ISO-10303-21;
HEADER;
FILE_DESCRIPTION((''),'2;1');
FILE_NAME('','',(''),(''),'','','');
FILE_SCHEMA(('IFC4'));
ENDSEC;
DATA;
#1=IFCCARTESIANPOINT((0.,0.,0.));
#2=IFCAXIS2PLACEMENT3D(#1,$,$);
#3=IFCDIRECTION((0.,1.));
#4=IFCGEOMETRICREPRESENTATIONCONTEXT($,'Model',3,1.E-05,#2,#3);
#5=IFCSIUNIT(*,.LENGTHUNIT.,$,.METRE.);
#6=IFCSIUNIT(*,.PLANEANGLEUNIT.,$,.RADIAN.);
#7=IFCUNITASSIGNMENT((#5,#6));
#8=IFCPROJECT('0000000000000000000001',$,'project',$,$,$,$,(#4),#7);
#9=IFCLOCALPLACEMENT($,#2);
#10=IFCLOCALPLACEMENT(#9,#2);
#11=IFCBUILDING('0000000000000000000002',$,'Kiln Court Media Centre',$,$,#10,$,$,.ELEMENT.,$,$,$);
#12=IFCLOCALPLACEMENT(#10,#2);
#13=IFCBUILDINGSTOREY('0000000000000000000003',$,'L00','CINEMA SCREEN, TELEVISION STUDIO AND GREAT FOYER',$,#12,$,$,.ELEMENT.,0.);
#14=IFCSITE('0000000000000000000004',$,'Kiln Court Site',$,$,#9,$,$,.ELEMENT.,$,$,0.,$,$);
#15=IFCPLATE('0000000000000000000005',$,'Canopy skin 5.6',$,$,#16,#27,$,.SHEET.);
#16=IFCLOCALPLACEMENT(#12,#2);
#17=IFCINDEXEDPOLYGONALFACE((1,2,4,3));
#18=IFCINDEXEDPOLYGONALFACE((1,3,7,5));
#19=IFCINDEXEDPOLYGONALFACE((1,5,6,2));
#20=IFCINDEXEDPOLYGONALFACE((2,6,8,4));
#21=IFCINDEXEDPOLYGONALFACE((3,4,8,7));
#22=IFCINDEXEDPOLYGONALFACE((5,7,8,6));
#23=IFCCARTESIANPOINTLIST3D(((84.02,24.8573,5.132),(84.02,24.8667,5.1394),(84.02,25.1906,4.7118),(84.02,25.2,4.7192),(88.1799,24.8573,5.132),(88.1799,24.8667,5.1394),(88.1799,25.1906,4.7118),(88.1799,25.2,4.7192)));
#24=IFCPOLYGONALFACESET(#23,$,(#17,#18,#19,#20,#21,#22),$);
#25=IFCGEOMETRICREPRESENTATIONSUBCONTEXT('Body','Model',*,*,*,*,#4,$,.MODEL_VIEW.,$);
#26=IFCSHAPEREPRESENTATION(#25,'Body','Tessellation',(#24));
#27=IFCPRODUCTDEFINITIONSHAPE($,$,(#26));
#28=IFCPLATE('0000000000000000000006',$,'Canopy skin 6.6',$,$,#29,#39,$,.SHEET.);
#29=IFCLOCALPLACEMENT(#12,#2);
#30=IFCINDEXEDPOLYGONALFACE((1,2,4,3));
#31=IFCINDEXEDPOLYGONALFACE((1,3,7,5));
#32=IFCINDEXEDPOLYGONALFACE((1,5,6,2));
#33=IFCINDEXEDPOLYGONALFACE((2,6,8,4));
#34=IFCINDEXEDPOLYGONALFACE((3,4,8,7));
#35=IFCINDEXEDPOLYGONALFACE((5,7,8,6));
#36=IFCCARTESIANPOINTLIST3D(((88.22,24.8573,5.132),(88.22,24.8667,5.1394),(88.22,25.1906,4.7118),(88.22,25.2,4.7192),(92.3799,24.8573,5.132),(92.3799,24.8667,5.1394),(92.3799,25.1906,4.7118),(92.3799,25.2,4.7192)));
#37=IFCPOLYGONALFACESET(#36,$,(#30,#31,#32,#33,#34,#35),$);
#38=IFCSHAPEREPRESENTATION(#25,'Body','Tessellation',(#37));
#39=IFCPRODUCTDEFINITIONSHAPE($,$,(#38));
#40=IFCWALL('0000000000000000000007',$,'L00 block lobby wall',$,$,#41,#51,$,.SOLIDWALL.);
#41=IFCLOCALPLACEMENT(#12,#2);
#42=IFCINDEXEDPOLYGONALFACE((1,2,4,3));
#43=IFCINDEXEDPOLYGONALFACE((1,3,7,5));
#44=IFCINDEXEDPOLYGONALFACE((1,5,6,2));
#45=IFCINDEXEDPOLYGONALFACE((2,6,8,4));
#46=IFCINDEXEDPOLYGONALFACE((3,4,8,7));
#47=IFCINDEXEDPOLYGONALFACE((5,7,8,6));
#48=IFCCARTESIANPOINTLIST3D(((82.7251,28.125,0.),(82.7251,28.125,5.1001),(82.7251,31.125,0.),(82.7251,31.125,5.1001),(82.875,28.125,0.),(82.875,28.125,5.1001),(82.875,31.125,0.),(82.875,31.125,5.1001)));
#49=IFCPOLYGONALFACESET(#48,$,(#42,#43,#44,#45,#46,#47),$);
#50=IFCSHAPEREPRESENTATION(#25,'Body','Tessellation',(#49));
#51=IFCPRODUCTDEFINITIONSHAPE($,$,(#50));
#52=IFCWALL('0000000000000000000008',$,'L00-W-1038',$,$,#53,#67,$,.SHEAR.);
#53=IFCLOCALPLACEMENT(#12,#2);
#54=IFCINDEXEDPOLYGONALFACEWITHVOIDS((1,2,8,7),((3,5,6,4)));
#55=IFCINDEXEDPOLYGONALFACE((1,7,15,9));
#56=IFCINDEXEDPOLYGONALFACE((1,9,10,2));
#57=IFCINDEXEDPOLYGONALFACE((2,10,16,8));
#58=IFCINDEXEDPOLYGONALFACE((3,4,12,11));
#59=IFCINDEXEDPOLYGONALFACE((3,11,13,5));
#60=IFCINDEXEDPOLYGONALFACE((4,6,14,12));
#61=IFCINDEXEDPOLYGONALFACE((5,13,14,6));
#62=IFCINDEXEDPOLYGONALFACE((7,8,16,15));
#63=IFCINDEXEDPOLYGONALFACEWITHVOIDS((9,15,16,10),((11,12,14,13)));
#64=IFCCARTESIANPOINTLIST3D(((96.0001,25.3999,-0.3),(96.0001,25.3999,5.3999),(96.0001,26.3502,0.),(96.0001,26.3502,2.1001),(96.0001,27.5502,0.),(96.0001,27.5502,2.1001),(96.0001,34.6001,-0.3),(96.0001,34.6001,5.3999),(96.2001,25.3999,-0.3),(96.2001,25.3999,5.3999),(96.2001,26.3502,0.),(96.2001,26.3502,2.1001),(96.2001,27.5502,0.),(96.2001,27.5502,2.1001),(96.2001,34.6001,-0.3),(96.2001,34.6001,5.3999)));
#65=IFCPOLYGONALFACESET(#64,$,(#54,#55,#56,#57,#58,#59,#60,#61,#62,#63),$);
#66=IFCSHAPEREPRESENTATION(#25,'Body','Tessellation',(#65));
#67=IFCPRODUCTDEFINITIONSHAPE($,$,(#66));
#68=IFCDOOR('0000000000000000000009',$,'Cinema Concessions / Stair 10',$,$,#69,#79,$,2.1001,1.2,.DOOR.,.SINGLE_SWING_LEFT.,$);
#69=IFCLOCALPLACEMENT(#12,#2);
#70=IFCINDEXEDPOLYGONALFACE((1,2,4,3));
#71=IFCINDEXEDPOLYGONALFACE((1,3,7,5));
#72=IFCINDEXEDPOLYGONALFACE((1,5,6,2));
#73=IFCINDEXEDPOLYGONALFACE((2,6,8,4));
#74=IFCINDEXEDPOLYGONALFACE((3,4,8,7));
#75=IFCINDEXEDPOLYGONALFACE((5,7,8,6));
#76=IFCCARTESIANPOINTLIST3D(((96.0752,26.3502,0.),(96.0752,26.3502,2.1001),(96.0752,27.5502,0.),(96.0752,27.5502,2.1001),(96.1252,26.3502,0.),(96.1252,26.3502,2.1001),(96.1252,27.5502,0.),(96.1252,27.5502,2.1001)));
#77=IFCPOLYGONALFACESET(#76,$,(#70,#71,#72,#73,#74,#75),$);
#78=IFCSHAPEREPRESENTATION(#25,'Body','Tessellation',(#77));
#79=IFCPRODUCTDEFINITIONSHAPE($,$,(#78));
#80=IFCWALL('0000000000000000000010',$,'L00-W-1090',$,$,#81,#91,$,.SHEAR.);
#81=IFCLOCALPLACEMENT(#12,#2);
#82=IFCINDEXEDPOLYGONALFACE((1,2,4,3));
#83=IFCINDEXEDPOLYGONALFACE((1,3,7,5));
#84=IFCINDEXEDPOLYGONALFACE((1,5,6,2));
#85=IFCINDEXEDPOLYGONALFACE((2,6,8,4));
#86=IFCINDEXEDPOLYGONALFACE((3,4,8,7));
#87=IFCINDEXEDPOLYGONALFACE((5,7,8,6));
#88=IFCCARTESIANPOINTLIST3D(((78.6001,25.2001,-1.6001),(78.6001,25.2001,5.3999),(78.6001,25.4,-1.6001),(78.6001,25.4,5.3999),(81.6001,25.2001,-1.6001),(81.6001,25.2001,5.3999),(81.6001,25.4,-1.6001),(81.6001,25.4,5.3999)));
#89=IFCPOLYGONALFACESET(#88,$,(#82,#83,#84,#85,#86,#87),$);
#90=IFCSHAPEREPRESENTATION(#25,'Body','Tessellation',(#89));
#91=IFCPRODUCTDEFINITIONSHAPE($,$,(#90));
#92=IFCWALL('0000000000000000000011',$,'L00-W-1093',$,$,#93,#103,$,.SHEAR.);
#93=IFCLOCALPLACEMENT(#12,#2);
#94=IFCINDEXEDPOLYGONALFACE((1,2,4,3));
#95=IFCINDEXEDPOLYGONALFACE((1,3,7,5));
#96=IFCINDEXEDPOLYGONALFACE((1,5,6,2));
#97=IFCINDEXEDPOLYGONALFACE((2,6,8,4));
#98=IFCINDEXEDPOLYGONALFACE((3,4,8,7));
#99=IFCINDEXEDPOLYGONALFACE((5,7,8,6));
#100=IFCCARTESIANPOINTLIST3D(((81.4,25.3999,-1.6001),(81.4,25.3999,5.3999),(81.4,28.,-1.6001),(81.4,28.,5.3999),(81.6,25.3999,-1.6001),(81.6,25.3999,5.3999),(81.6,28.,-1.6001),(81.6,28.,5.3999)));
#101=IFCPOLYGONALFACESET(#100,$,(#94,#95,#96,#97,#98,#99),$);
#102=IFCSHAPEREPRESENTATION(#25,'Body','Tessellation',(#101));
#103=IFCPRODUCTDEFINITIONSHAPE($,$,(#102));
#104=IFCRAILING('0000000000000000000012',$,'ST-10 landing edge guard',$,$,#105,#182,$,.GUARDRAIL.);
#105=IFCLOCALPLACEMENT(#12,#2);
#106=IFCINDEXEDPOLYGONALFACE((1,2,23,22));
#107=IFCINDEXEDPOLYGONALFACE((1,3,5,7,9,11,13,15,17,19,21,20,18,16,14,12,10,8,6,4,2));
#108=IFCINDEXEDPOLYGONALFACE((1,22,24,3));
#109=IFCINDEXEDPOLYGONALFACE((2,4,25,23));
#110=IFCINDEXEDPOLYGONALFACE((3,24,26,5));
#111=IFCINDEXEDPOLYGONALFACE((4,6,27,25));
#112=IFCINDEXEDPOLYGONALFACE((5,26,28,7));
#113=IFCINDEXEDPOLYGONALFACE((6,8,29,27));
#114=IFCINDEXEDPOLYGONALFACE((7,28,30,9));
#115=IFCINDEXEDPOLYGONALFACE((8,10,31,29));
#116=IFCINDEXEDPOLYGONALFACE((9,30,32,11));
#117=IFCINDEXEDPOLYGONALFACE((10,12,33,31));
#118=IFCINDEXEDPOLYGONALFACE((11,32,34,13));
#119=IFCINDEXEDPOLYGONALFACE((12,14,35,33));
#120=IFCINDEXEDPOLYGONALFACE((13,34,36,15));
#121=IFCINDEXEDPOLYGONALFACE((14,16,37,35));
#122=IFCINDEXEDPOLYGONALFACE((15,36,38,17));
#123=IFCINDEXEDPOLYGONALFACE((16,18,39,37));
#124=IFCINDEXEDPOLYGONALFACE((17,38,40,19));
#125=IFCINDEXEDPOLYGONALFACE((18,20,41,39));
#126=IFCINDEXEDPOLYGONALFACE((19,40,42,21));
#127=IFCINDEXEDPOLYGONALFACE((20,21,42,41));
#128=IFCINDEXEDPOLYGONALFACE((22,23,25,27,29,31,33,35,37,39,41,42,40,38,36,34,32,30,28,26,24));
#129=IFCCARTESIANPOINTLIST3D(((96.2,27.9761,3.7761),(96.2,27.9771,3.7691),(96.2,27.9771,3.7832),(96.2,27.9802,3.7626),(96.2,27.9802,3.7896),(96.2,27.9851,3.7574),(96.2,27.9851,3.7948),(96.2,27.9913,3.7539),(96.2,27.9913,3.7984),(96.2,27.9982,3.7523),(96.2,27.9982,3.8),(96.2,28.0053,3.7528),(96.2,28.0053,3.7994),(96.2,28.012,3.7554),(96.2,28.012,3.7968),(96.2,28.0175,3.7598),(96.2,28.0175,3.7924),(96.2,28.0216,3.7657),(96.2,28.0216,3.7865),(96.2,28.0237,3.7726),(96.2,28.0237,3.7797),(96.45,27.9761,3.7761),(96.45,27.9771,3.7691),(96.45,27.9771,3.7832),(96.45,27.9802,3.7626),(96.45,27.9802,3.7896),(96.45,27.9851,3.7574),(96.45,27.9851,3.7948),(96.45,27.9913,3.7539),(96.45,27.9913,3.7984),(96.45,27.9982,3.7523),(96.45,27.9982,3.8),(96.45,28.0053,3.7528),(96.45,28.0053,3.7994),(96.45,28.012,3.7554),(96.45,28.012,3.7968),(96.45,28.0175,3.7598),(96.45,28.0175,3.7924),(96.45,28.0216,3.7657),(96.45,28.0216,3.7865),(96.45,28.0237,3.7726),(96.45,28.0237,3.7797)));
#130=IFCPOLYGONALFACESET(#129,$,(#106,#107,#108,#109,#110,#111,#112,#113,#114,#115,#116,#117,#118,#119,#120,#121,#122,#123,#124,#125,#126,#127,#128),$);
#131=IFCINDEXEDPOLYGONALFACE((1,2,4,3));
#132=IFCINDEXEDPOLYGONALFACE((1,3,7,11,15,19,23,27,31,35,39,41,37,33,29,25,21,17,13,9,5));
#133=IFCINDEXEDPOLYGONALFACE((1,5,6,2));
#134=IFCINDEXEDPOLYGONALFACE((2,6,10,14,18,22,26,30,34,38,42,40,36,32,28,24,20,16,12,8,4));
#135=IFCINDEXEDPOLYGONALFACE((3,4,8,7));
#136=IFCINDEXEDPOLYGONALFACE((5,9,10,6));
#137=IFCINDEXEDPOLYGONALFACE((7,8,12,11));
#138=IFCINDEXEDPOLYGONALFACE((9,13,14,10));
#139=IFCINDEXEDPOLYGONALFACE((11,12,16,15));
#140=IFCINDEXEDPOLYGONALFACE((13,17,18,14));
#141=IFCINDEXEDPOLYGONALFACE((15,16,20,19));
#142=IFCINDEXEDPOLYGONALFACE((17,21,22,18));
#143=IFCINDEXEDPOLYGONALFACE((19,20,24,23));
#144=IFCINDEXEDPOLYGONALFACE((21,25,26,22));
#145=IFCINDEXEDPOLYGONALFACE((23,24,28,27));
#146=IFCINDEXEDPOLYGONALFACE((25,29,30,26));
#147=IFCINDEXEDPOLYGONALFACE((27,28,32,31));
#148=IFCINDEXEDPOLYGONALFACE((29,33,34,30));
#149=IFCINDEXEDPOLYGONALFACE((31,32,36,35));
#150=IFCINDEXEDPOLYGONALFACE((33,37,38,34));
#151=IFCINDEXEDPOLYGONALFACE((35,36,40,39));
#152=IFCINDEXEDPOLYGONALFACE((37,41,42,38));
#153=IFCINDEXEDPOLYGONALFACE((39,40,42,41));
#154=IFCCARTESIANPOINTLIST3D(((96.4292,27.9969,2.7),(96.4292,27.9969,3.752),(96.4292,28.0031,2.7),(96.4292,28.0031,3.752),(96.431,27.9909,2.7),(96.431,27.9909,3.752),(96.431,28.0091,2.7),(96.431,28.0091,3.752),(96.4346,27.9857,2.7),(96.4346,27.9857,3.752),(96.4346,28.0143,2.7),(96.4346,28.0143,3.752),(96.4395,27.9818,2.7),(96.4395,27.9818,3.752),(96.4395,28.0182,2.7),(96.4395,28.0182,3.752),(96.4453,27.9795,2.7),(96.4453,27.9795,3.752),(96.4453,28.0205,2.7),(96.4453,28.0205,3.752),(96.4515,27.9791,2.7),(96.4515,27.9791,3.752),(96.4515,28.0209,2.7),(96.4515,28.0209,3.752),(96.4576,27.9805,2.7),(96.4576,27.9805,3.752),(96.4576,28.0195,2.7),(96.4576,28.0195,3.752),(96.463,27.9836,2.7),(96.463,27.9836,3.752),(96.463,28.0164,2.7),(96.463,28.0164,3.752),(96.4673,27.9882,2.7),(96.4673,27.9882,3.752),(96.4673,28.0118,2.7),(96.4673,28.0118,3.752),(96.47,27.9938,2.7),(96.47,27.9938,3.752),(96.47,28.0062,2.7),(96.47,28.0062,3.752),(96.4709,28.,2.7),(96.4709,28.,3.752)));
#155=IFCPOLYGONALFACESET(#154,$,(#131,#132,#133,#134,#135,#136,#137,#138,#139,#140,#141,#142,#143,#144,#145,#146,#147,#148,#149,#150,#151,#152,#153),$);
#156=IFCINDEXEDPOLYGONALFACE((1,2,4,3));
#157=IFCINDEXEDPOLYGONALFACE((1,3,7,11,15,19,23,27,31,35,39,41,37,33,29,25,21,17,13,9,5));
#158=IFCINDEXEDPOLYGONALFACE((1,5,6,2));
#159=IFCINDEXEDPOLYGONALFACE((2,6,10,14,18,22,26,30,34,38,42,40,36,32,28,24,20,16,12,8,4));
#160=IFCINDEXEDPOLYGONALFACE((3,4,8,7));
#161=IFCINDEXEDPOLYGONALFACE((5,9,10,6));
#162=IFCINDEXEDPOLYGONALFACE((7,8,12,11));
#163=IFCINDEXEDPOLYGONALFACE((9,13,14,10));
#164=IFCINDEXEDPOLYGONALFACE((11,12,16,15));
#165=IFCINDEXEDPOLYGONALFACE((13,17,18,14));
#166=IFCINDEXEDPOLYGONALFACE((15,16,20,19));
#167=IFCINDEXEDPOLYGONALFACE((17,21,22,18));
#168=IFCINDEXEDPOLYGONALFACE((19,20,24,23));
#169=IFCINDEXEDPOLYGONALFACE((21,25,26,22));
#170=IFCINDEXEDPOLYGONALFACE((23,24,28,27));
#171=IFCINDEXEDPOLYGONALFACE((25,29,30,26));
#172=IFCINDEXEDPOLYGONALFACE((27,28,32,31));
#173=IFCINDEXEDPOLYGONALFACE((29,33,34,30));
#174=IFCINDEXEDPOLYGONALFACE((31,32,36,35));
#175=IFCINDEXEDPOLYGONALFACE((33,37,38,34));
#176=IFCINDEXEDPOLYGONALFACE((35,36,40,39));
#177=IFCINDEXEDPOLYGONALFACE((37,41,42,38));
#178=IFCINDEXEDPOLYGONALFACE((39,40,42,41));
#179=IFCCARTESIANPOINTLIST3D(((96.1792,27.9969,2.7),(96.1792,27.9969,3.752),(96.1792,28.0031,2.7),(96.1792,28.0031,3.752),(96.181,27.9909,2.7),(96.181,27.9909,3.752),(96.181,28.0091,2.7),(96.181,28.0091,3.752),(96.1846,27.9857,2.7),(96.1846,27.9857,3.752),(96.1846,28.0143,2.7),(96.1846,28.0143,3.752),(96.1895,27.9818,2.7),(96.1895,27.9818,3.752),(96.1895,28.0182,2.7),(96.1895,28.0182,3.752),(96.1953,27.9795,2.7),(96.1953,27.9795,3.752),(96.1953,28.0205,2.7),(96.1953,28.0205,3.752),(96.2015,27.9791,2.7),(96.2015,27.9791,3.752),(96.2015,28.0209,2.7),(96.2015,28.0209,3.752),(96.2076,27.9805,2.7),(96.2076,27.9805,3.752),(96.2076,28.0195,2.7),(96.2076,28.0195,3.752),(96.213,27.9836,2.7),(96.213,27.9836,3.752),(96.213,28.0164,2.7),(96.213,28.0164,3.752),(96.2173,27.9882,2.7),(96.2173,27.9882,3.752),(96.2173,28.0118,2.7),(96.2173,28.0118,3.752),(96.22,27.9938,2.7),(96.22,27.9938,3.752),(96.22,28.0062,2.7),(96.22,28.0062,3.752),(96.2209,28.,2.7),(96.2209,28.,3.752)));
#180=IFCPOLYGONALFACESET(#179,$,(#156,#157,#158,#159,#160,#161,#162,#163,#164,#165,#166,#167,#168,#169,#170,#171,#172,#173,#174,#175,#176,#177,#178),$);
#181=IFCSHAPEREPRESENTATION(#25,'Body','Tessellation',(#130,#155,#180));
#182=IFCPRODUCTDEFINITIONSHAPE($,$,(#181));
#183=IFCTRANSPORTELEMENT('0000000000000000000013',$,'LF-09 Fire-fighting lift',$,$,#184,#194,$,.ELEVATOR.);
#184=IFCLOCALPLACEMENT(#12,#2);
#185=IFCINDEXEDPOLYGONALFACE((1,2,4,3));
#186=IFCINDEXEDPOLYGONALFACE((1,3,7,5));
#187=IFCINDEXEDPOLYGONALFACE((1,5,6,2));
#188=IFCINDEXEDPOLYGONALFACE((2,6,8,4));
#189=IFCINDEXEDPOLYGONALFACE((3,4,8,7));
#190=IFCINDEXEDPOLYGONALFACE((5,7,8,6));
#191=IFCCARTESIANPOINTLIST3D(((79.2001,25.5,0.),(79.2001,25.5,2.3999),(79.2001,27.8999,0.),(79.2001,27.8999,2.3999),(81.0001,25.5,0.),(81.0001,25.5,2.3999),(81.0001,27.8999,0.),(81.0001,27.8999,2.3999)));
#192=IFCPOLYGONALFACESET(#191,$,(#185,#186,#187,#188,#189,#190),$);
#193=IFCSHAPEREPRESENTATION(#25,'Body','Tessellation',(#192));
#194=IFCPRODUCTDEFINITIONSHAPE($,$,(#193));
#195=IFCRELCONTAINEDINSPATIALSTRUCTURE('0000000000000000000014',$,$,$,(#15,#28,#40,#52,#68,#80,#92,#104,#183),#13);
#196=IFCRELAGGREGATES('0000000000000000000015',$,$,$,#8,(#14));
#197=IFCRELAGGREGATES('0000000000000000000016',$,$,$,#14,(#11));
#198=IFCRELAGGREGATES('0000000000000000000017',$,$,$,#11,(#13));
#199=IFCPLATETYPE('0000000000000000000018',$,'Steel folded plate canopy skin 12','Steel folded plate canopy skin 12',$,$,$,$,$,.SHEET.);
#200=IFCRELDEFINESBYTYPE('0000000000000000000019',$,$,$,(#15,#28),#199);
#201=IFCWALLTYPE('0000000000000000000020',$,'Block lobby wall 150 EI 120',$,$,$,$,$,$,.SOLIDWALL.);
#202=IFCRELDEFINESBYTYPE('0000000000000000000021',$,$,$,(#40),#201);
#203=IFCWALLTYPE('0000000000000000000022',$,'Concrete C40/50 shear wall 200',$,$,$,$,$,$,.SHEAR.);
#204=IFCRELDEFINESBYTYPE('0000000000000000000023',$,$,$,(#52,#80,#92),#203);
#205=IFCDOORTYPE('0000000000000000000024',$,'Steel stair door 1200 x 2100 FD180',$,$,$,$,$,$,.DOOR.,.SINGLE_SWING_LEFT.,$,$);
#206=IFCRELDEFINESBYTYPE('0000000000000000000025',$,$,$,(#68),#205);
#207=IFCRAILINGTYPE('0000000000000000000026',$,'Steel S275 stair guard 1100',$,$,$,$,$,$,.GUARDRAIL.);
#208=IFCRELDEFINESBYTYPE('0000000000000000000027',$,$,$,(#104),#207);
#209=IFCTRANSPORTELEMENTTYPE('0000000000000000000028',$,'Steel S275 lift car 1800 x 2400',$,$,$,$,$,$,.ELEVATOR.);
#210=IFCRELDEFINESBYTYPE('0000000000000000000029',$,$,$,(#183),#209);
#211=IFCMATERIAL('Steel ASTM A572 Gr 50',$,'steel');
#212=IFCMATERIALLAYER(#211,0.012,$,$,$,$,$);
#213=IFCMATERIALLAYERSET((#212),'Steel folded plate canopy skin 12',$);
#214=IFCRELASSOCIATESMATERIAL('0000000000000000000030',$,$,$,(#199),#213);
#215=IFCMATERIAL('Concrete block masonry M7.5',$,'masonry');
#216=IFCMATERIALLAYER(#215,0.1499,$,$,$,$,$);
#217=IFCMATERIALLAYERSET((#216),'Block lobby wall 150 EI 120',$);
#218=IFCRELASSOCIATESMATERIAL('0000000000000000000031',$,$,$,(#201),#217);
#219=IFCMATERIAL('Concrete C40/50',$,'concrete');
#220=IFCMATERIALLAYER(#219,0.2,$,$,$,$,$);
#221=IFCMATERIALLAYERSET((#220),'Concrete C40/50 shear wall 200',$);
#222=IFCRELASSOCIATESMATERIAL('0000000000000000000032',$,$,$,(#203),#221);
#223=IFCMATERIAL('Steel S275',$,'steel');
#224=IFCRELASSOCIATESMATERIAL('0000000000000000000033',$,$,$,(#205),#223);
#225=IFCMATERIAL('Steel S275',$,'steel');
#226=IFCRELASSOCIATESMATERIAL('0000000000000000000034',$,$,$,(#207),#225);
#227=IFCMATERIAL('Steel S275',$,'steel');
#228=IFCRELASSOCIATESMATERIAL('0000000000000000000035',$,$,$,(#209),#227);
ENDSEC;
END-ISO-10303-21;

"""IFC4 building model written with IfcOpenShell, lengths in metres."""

from ifc_helpers import new_model, si_unit, direction, frame, frame_2d, origin, origin_2d, place, context, subcontext, project, spatial, polyline, rectangle, circle, outline, extrude, material, layer, layer_set, type_object, element, fill, save


model = new_model("IFC4")

# Units and contexts
model_context = context("Model", 3, precision=1e-05, world=origin(), true_north=direction((0.0, 1.0)))
body_context = subcontext(model_context, "Body", "Model", "MODEL_VIEW")
ifc_project = project(units=[si_unit("LENGTHUNIT", "METRE"), si_unit("PLANEANGLEUNIT", "RADIAN")], contexts=[model_context])

# Site, building, storey
site_placement = place(None, origin())
site = spatial("IfcSite", under=ifc_project, at=site_placement, Name="Kiln Court Site", CompositionType="ELEMENT", RefElevation=0.0)
building_placement = place(site_placement, origin())
building = spatial("IfcBuilding", under=site, at=building_placement, Name="Kiln Court Media Centre", CompositionType="ELEMENT")
storey_placement = place(building_placement, origin())
storey = spatial("IfcBuildingStorey", under=building, at=storey_placement, Name="L00", Description="CINEMA SCREEN, TELEVISION STUDIO AND GREAT FOYER", CompositionType="ELEMENT", Elevation=0.0)

# Plates
ifc_material_1 = material(Name="Steel ASTM A572 Gr 50", Category="steel")
ifc_layer_1 = layer(ifc_material_1, 0.012)
ifc_layer_set_1 = layer_set([ifc_layer_1], Name="Steel folded plate canopy skin 12")
plate_type_1 = type_object("IfcPlateType", Name="Steel folded plate canopy skin 12", Description="Steel folded plate canopy skin 12", PredefinedType="SHEET", material=ifc_layer_set_1)
for number, where, z_axis, x_axis, name in (
    (1, (84.02, 24.8667, 5.1394), (0.0, 0.783482, 0.621414), (1.0, 0.0, 0.0), "Canopy skin 5.6"),
    (2, (88.22, 24.8667, 5.1394), (0.0, 0.783482, 0.621414), (1.0, 0.0, 0.0), "Canopy skin 6.6"),
):
    element("IfcPlate", number, at=place(storey_placement, frame(where, z_axis=z_axis, x_axis=x_axis)), inside=storey, type_object=plate_type_1, Name=name, PredefinedType="SHEET", context=body_context, shape_type="SweptSolid", body=[
        extrude(outline(polyline([(0.0, 0.0), (4.1599, 0.0), (4.1599, 0.5363), (0.0, 0.5363), (0.0, 0.0)])), origin(), (0.0, 0.0, -1.0), 0.012),
    ])

# Wall
ifc_material_2 = material(Name="Concrete block masonry M7.5", Category="masonry")
ifc_layer_2 = layer(ifc_material_2, 0.1499)
ifc_layer_set_2 = layer_set([ifc_layer_2], Name="Block lobby wall 150 EI 120")
wall_type_1 = type_object("IfcWallType", Name="Block lobby wall 150 EI 120", PredefinedType="SOLIDWALL", material=ifc_layer_set_2)
wall_1_placement = place(storey_placement, frame((82.8, 28.125, 0.0), z_axis=(0.0, 0.0, 1.0), x_axis=(0.0, 1.0, 0.0)))
element("IfcWall", 3, at=wall_1_placement, inside=storey, type_object=wall_type_1, Name="L00 block lobby wall", PredefinedType="SOLIDWALL", context=body_context, shape_type="SweptSolid", body=[
    extrude(rectangle(XDim=3.0, YDim=0.1499, at=frame_2d((1.5, 0.0))), origin(), (0.0, 0.0, 1.0), 5.1001),
])

# Wall, opening, door
ifc_material_3 = material(Name="Concrete C40/50", Category="concrete")
ifc_layer_3 = layer(ifc_material_3, 0.2)
ifc_layer_set_3 = layer_set([ifc_layer_3], Name="Concrete C40/50 shear wall 200")
wall_type_2 = type_object("IfcWallType", Name="Concrete C40/50 shear wall 200", PredefinedType="SHEAR", material=ifc_layer_set_3)
wall_2_placement = place(storey_placement, frame((96.1001, 25.3999, -0.3), z_axis=(0.0, 0.0, 1.0), x_axis=(0.0, 1.0, 0.0)))
wall_2 = element("IfcWall", 4, at=wall_2_placement, inside=storey, type_object=wall_type_2, Name="L00-W-1038", PredefinedType="SHEAR", context=body_context, shape_type="SweptSolid", body=[
    extrude(rectangle(XDim=9.2002, YDim=0.2, at=frame_2d((4.6001, 0.0))), origin(), (0.0, 0.0, 1.0), 5.7),
])
opening_1_placement = place(wall_2_placement, frame((0.9502, 0.0, 0.3)))
opening_1 = element("IfcOpeningElement", 5, at=opening_1_placement, cuts=wall_2, PredefinedType="OPENING", context=body_context, shape_type="SweptSolid", body=[
    extrude(rectangle(XDim=1.2, YDim=2.1001, at=frame_2d((0.6001, 1.05))), frame((0.0, 0.1099, 0.0), z_axis=(0.0, -1.0, 0.0), x_axis=(1.0, 0.0, 0.0)), (0.0, 0.0, 1.0), 0.22),
])
ifc_material_4 = material(Name="Steel S275", Category="steel")
door_type_1 = type_object("IfcDoorType", Name="Steel stair door 1200 x 2100 FD180", OperationType="SINGLE_SWING_LEFT", PredefinedType="DOOR", material=ifc_material_4)
door_1_placement = place(opening_1_placement, origin())
door_1 = element("IfcDoor", 6, at=door_1_placement, inside=storey, type_object=door_type_1, Name="Cinema Concessions / Stair 10", OperationType="SINGLE_SWING_LEFT", OverallHeight=2.1001, OverallWidth=1.2, PredefinedType="DOOR", context=body_context, shape_type="SweptSolid", body=[
    extrude(rectangle(XDim=1.2, YDim=2.1001, at=frame_2d((0.6001, 1.05))), frame((0.0, 0.0249, 0.0), z_axis=(0.0, -1.0, 0.0), x_axis=(1.0, 0.0, 0.0)), (0.0, 0.0, 1.0), 0.05),
])
fill(opening_1, door_1)

# Walls
wall_3_placement = place(storey_placement, frame((81.6001, 25.3, -1.6001), z_axis=(0.0, 0.0, 1.0), x_axis=(-1.0, 0.0, 0.0)))
element("IfcWall", 7, at=wall_3_placement, inside=storey, type_object=wall_type_2, Name="L00-W-1090", PredefinedType="SHEAR", context=body_context, shape_type="SweptSolid", body=[
    extrude(rectangle(XDim=3.0, YDim=0.2, at=frame_2d((1.5, 0.0))), origin(), (0.0, 0.0, 1.0), 7.0),
])
wall_4_placement = place(storey_placement, frame((81.5, 28.0, -1.6001), z_axis=(0.0, 0.0, 1.0), x_axis=(0.0, -1.0, 0.0)))
element("IfcWall", 8, at=wall_4_placement, inside=storey, type_object=wall_type_2, Name="L00-W-1093", PredefinedType="SHEAR", context=body_context, shape_type="SweptSolid", body=[
    extrude(rectangle(XDim=2.6001, YDim=0.2, at=frame_2d((1.3, 0.0))), origin(), (0.0, 0.0, 1.0), 7.0),
])

# Railing
ifc_material_5 = material(Name="Steel S275", Category="steel")
railing_type = type_object("IfcRailingType", Name="Steel S275 stair guard 1100", PredefinedType="GUARDRAIL", material=ifc_material_5)
railing_placement = place(storey_placement, frame((96.45, 28.0, 2.7)))
element("IfcRailing", 9, at=railing_placement, inside=storey, type_object=railing_type, Name="ST-10 landing edge guard", PredefinedType="GUARDRAIL", context=body_context, shape_type="SweptSolid", body=[
    extrude(circle(Radius=0.0239, at=origin_2d()), frame((0.0, 0.0, 1.0762), z_axis=(-1.0, 0.0, 0.0), x_axis=(0.0, -1.0, 0.0)), (0.0, 0.0, 1.0), 0.25),
    extrude(circle(Radius=0.021, at=origin_2d()), origin(), (0.0, 0.0, 1.0), 1.052),
    extrude(circle(Radius=0.021, at=origin_2d()), frame((-0.25, 0.0, 0.0)), (0.0, 0.0, 1.0), 1.052),
])

# Transport element
ifc_material_6 = material(Name="Steel S275", Category="steel")
transport_element_type = type_object("IfcTransportElementType", Name="Steel S275 lift car 1800 x 2400", PredefinedType="ELEVATOR", material=ifc_material_6)
transport_element_placement = place(storey_placement, frame((80.1001, 26.7, 0.0), z_axis=(0.0, 0.0, 1.0), x_axis=(1.0, 0.0, 0.0)))
element("IfcTransportElement", 10, at=transport_element_placement, inside=storey, type_object=transport_element_type, Name="LF-09 Fire-fighting lift", PredefinedType="ELEVATOR", context=body_context, shape_type="SweptSolid", body=[
    extrude(rectangle(XDim=1.8, YDim=2.3999, at=origin_2d()), origin(), (0.0, 0.0, 1.0), 2.3999),
])

save(model, "model.ifc")
